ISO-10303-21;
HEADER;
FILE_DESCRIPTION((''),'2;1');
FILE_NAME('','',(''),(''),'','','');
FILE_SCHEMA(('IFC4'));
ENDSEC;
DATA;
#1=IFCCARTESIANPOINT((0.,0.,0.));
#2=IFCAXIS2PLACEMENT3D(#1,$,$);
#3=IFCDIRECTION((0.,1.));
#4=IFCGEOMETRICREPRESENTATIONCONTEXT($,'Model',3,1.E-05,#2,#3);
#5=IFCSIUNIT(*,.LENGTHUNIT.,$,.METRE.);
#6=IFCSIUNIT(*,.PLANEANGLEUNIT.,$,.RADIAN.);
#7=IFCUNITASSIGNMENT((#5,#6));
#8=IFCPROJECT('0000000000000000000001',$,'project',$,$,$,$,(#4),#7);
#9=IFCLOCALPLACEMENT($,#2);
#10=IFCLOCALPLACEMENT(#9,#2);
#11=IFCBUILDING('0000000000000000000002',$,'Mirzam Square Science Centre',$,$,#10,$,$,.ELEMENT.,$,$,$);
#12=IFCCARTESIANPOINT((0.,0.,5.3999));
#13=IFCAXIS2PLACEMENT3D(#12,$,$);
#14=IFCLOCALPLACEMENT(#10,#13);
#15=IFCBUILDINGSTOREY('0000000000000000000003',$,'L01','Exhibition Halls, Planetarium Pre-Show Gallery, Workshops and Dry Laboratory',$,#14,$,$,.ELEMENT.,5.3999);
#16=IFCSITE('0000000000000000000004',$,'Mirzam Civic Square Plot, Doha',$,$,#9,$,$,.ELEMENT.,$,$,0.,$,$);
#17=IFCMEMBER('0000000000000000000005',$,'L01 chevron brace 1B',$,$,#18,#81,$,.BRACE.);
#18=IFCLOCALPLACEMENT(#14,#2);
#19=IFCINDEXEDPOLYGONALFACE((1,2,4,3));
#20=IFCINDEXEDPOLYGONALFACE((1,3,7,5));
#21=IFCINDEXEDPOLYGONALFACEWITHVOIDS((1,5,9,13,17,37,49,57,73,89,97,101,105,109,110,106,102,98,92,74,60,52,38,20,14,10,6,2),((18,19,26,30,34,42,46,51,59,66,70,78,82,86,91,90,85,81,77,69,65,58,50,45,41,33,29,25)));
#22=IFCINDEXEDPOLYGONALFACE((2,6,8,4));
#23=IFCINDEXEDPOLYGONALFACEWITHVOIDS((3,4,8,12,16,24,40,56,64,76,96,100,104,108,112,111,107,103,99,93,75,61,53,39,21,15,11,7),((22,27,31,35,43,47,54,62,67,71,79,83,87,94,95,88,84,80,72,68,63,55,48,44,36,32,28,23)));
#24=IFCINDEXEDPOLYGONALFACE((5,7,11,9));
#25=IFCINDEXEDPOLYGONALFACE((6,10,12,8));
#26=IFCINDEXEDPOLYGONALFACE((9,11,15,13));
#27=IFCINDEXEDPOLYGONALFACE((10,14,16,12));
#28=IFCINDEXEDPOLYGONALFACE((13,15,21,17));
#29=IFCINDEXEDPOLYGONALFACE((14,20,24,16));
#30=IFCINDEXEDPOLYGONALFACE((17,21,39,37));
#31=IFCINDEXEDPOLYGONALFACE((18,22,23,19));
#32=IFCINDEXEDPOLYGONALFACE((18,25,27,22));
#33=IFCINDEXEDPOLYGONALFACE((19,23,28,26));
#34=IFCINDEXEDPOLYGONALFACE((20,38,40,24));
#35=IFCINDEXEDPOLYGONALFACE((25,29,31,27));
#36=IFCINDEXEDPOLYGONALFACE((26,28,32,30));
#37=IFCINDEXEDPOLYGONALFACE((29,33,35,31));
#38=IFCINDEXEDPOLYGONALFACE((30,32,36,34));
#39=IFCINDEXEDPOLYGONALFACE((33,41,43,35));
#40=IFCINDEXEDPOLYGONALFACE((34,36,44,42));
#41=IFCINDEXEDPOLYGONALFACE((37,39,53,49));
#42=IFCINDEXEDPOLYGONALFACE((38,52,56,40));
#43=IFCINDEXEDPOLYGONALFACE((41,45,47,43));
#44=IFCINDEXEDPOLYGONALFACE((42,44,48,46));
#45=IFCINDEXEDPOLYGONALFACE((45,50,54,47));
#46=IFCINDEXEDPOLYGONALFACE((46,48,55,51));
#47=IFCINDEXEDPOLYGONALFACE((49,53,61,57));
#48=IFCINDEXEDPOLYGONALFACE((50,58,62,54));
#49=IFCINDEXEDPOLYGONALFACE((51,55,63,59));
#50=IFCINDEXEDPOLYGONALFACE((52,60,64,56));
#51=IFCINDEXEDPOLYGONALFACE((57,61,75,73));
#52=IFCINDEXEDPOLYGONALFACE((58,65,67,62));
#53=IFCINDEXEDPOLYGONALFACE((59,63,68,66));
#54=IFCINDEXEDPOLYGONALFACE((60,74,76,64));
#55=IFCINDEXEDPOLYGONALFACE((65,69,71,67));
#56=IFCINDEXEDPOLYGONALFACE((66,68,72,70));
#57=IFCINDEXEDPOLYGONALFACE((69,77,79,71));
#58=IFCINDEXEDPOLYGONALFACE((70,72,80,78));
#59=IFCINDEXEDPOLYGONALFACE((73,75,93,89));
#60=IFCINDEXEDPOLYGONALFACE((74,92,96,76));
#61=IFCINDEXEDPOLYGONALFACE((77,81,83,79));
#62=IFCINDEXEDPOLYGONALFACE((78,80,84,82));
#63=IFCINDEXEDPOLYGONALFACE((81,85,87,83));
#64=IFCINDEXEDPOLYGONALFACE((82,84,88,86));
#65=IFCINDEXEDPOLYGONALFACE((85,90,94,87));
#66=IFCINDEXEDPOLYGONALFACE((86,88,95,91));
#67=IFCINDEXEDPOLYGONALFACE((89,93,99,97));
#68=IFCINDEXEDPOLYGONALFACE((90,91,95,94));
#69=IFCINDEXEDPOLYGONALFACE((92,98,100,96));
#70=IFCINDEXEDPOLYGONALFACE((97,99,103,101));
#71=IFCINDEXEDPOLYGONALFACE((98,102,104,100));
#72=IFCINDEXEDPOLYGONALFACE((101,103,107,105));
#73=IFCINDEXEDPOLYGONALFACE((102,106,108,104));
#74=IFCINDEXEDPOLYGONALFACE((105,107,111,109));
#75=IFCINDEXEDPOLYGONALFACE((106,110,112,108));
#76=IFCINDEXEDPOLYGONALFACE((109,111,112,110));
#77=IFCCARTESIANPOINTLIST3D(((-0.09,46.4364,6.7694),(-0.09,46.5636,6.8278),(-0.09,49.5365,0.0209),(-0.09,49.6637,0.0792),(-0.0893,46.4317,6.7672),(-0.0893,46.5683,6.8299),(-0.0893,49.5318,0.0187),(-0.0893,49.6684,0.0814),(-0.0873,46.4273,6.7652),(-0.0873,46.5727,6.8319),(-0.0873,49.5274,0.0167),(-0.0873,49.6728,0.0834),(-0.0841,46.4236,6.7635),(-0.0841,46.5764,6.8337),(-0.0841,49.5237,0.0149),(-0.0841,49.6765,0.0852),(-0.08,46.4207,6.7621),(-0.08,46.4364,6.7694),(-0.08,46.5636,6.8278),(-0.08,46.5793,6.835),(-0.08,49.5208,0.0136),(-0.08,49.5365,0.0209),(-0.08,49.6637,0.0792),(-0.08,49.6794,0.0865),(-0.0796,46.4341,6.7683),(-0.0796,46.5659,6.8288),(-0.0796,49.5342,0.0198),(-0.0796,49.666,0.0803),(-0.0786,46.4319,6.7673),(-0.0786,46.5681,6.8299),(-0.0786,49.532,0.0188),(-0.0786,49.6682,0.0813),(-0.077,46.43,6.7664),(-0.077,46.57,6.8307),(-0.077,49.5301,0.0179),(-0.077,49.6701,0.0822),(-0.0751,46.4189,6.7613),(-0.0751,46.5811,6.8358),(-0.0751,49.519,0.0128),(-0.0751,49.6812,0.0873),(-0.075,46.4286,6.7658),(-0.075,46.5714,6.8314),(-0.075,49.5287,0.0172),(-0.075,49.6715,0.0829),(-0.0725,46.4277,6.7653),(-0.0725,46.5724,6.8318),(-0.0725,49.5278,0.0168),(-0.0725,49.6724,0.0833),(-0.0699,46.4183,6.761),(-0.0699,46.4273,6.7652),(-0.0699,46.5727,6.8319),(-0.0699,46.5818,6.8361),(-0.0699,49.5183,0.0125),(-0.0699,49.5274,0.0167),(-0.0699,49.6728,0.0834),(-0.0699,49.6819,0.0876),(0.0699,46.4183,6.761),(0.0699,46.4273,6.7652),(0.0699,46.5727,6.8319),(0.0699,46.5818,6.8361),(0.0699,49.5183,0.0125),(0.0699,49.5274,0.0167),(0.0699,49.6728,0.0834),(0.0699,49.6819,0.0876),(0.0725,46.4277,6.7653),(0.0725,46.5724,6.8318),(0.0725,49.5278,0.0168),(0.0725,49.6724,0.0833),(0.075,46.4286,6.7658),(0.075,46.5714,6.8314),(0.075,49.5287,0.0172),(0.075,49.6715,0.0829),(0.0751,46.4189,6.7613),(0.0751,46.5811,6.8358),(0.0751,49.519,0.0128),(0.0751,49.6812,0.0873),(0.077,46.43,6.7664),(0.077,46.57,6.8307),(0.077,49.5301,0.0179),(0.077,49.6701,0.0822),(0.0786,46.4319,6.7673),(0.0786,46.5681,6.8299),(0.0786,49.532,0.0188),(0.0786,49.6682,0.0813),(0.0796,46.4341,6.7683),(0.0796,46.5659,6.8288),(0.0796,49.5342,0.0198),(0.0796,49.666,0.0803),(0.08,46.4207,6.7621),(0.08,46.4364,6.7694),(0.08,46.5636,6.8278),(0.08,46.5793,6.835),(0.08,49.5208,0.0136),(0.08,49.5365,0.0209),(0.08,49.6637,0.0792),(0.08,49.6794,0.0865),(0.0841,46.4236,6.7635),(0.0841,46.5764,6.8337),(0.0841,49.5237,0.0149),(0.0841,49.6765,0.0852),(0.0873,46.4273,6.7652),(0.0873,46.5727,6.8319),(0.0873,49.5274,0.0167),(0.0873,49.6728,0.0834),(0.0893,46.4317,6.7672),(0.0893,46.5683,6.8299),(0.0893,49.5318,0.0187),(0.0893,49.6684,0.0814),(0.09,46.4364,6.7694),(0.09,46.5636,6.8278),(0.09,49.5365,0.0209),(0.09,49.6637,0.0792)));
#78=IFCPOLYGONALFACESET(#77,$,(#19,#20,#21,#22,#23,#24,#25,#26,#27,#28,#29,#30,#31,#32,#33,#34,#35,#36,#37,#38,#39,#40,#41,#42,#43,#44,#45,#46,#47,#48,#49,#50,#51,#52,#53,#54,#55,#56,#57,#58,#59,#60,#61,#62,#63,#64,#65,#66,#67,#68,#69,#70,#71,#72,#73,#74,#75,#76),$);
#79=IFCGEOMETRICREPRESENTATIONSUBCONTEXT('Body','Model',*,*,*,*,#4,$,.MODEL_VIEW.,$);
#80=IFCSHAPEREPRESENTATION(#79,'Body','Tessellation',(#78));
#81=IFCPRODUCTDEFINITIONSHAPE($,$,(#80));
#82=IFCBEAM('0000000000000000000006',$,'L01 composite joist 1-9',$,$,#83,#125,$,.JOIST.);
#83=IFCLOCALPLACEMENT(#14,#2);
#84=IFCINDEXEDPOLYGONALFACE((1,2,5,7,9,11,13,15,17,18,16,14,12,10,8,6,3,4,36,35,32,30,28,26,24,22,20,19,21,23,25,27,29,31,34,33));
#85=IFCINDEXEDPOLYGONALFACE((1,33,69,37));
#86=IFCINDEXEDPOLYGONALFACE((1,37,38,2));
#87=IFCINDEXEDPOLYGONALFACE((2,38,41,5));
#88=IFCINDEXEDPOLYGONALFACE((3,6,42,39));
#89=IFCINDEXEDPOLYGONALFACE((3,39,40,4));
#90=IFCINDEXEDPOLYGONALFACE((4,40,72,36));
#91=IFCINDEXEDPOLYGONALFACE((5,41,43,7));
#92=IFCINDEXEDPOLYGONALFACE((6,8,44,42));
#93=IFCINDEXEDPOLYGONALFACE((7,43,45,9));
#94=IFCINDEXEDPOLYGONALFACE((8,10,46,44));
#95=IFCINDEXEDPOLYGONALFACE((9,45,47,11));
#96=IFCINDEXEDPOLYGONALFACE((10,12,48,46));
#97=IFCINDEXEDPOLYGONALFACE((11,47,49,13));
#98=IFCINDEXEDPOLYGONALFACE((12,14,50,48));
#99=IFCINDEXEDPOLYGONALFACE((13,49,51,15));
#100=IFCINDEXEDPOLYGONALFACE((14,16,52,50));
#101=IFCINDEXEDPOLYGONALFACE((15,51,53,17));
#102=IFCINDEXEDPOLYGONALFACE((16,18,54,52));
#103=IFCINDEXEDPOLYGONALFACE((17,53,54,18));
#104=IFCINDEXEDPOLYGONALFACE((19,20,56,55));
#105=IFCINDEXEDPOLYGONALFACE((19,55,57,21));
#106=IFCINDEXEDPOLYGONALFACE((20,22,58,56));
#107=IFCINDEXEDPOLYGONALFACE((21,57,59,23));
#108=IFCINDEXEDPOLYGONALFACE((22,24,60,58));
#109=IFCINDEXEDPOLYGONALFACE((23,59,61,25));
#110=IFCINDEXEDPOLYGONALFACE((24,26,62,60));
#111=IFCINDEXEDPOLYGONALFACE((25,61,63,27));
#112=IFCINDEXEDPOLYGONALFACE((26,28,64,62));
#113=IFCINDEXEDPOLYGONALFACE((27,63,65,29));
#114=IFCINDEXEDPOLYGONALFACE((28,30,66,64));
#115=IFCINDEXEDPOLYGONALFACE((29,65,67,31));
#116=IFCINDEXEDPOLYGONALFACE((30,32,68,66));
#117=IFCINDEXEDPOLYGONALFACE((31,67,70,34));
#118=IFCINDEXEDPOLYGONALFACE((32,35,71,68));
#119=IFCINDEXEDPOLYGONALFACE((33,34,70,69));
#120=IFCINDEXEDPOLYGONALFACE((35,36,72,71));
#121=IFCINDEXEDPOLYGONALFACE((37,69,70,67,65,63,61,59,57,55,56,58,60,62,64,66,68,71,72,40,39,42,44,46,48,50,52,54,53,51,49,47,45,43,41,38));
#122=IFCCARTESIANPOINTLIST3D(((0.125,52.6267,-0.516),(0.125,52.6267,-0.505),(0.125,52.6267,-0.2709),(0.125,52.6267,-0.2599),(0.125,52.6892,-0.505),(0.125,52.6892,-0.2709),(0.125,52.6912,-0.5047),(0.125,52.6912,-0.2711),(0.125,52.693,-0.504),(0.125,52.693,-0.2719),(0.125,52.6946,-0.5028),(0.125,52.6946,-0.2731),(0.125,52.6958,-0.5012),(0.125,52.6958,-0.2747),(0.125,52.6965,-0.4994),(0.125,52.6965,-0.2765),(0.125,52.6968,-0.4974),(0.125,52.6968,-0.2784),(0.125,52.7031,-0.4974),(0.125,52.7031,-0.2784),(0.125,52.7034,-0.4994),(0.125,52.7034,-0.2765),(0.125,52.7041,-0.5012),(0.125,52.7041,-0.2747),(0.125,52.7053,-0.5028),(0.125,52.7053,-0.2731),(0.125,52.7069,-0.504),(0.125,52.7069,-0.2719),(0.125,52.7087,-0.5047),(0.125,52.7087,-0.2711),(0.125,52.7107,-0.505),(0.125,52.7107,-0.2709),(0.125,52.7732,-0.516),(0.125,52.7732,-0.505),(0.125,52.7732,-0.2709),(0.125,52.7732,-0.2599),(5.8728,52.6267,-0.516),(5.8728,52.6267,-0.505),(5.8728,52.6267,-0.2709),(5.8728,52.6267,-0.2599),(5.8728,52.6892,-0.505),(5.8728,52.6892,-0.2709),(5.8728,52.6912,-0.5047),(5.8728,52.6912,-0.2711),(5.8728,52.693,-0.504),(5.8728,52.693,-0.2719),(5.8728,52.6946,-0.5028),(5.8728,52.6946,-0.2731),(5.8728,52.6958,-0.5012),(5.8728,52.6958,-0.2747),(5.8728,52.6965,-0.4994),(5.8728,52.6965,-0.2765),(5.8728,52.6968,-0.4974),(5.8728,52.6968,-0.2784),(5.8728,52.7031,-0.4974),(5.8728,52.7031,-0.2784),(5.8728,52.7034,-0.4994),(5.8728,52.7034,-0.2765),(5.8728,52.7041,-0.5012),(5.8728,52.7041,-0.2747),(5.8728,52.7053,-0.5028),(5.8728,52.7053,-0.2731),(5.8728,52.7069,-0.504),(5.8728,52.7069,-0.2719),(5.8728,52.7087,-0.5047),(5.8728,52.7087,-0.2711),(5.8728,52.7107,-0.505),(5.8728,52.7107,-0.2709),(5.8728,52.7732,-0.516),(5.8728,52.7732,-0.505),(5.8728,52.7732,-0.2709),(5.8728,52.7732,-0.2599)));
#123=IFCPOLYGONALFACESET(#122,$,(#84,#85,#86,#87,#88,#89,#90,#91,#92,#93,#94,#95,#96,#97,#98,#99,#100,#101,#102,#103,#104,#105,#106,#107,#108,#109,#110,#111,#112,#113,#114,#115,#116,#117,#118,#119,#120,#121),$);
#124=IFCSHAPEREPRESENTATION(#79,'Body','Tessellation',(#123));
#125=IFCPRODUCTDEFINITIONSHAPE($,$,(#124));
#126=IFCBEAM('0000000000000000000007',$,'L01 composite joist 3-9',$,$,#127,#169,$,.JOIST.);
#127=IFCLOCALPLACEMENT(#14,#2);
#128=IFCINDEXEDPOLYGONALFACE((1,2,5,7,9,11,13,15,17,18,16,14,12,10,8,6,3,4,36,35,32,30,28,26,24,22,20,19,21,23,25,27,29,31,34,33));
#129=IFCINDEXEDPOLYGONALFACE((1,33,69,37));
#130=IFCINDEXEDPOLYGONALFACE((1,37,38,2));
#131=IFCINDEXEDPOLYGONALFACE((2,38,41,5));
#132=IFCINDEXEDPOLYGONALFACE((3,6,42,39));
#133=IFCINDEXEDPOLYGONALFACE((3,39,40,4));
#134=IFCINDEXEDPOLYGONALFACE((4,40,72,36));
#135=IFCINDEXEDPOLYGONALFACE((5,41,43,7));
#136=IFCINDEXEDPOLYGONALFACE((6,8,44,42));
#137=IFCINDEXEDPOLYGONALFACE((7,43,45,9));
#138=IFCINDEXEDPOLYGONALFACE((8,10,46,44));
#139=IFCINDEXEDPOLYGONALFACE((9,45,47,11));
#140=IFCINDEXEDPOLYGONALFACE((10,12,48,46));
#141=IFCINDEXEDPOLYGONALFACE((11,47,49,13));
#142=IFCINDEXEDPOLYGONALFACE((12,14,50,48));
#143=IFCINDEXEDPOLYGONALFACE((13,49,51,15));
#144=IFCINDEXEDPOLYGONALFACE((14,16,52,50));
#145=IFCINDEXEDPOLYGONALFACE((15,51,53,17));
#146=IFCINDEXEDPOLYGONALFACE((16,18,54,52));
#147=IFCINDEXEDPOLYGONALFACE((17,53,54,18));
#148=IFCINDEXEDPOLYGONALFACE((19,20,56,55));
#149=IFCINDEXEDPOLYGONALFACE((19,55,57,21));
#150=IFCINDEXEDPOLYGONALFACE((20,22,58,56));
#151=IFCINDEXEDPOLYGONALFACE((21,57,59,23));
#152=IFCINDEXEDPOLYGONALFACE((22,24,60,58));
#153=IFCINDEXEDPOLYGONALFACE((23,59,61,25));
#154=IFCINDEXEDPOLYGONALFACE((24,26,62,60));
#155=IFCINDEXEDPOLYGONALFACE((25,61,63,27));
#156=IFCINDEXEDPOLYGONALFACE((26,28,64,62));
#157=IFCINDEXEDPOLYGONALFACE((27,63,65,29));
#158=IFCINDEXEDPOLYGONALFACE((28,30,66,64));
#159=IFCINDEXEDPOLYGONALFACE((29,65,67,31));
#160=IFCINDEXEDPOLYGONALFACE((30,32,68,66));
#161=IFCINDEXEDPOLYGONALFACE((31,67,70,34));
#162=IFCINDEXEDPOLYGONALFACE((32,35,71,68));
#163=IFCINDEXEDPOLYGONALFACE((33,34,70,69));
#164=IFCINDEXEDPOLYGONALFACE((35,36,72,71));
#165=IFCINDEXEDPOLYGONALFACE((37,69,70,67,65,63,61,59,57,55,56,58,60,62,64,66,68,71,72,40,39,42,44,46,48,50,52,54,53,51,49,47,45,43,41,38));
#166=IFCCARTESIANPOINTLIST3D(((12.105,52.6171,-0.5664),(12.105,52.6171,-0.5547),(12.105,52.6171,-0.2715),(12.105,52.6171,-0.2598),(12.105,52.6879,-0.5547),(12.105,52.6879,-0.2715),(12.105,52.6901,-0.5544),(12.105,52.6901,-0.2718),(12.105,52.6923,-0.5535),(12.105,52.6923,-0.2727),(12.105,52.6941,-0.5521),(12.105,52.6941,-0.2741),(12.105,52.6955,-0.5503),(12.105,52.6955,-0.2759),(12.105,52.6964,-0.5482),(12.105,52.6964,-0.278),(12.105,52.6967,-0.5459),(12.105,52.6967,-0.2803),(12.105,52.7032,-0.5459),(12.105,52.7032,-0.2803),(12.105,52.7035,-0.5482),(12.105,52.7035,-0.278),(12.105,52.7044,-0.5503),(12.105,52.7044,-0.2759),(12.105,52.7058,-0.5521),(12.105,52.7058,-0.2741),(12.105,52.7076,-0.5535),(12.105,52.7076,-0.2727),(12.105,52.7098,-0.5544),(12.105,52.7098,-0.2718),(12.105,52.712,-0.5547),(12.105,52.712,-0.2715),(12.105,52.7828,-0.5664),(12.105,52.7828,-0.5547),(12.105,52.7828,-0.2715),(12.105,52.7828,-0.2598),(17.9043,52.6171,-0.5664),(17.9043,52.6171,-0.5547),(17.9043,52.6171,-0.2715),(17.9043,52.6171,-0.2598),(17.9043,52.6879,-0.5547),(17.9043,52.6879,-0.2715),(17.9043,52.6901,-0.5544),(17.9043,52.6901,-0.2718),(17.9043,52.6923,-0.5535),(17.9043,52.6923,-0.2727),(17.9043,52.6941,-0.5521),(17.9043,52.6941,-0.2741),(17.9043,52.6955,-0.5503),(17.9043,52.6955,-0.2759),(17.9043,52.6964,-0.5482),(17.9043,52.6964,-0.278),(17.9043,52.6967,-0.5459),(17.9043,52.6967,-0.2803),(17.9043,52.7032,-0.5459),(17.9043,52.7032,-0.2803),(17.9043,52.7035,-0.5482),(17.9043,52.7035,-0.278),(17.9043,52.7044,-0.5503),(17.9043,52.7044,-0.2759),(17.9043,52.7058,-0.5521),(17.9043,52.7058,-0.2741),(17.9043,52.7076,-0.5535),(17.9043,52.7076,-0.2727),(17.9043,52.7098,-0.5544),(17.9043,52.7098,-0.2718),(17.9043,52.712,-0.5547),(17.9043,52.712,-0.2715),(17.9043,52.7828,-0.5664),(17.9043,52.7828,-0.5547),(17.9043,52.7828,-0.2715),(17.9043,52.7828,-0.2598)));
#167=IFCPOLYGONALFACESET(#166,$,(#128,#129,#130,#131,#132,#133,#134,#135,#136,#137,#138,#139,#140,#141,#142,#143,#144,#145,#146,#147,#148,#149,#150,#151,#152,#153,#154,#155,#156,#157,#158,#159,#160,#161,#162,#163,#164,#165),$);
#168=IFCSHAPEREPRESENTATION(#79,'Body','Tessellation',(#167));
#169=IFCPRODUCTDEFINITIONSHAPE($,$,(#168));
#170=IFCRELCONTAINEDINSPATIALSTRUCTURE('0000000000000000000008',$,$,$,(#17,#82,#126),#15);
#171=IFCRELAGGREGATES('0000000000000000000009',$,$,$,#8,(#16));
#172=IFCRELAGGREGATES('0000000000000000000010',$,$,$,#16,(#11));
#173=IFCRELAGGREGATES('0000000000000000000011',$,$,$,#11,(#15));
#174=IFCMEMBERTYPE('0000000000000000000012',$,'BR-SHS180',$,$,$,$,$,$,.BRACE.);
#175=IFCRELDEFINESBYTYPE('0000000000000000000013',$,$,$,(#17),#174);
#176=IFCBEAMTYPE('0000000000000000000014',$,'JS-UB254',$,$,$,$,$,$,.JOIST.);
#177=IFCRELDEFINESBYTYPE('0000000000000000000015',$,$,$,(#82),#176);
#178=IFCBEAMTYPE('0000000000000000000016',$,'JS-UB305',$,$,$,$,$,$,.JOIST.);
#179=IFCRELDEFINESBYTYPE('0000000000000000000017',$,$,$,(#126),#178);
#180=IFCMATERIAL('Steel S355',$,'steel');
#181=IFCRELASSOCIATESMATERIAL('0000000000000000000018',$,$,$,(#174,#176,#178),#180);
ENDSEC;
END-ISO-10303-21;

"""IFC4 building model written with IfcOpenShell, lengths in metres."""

from ifc_helpers import new_model, si_unit, direction, frame, origin, origin_2d, place, context, subcontext, project, spatial, hollow_rectangle, i_section, extrude, material, material_profile, profile_set, type_object, element, save


model = new_model("IFC4")

# Units and contexts
model_context = context("Model", 3, precision=1e-05, world=origin(), true_north=direction((0.0, 1.0)))
body_context = subcontext(model_context, "Body", "Model", "MODEL_VIEW")
ifc_project = project(units=[si_unit("LENGTHUNIT", "METRE"), si_unit("PLANEANGLEUNIT", "RADIAN")], contexts=[model_context])

# Site, building, storey
site_placement = place(None, origin())
site = spatial("IfcSite", under=ifc_project, at=site_placement, Name="Mirzam Civic Square Plot, Doha", CompositionType="ELEMENT", RefElevation=0.0)
building_placement = place(site_placement, origin())
building = spatial("IfcBuilding", under=site, at=building_placement, Name="Mirzam Square Science Centre", CompositionType="ELEMENT")
storey_placement = place(building_placement, frame((0.0, 0.0, 5.3999)))
storey = spatial("IfcBuildingStorey", under=building, at=storey_placement, Name="L01", Description="Exhibition Halls, Planetarium Pre-Show Gallery, Workshops and Dry Laboratory", CompositionType="ELEMENT", Elevation=5.3999)

# Shared definitions
ifc_material_1 = material(Name="Steel S355", Category="steel")

# Member
ifc_material_profile_1 = material_profile(ifc_material_1, hollow_rectangle(XDim=0.1799, YDim=0.1799, WallThickness=0.01, InnerFilletRadius=0.01, OuterFilletRadius=0.02, at=origin_2d()), Name="180x180x10.0SHS")
ifc_profile_set_1 = profile_set([ifc_material_profile_1], Name="Steel S355")
member_type = type_object("IfcMemberType", Name="BR-SHS180", PredefinedType="BRACE", material=ifc_profile_set_1)
member_placement = place(storey_placement, frame((0.0, 49.6001, 0.05), z_axis=(0.0, -0.417436, 0.908707), x_axis=(1.0, 0.0, 0.0)))
element("IfcMember", 1, at=member_placement, inside=storey, type_object=member_type, Name="L01 chevron brace 1B", PredefinedType="BRACE", context=body_context, shape_type="SweptSolid", body=[
    extrude(hollow_rectangle(XDim=0.1799, YDim=0.1799, WallThickness=0.01, InnerFilletRadius=0.01, OuterFilletRadius=0.02, at=origin_2d()), origin(), (0.0, 0.0, 1.0), 7.4265),
])

# Beams
ifc_material_profile_2 = material_profile(ifc_material_1, i_section(OverallWidth=0.1465, OverallDepth=0.2561, WebThickness=0.0063, FlangeThickness=0.011, FilletRadius=0.0076, at=origin_2d()), Name="254x146x37UB")
ifc_profile_set_2 = profile_set([ifc_material_profile_2], Name="Steel S355")
beam_type_1 = type_object("IfcBeamType", Name="JS-UB254", PredefinedType="JOIST", material=ifc_profile_set_2)
beam_1_placement = place(storey_placement, frame((0.125, 52.7, -0.3879), z_axis=(1.0, 0.0, 0.0), x_axis=(0.0, 1.0, 0.0)))
element("IfcBeam", 2, at=beam_1_placement, inside=storey, type_object=beam_type_1, Name="L01 composite joist 1-9", PredefinedType="JOIST", context=body_context, shape_type="SweptSolid", body=[
    extrude(i_section(OverallWidth=0.1465, OverallDepth=0.2561, WebThickness=0.0063, FlangeThickness=0.011, FilletRadius=0.0076, at=origin_2d()), origin(), (0.0, 0.0, 1.0), 5.7478),
])
ifc_material_profile_3 = material_profile(ifc_material_1, i_section(OverallWidth=0.1658, OverallDepth=0.3066, WebThickness=0.0066, FlangeThickness=0.0117, FilletRadius=0.0088, at=origin_2d()), Name="305x165x46UB")
ifc_profile_set_3 = profile_set([ifc_material_profile_3], Name="Steel S355")
beam_type_2 = type_object("IfcBeamType", Name="JS-UB305", PredefinedType="JOIST", material=ifc_profile_set_3)
beam_2_placement = place(storey_placement, frame((12.105, 52.7, -0.4131), z_axis=(1.0, 0.0, 0.0), x_axis=(0.0, 1.0, 0.0)))
element("IfcBeam", 3, at=beam_2_placement, inside=storey, type_object=beam_type_2, Name="L01 composite joist 3-9", PredefinedType="JOIST", context=body_context, shape_type="SweptSolid", body=[
    extrude(i_section(OverallWidth=0.1658, OverallDepth=0.3066, WebThickness=0.0066, FlangeThickness=0.0117, FilletRadius=0.0088, at=origin_2d()), origin(), (0.0, 0.0, 1.0), 5.7993),
])

save(model, "model.ifc")
